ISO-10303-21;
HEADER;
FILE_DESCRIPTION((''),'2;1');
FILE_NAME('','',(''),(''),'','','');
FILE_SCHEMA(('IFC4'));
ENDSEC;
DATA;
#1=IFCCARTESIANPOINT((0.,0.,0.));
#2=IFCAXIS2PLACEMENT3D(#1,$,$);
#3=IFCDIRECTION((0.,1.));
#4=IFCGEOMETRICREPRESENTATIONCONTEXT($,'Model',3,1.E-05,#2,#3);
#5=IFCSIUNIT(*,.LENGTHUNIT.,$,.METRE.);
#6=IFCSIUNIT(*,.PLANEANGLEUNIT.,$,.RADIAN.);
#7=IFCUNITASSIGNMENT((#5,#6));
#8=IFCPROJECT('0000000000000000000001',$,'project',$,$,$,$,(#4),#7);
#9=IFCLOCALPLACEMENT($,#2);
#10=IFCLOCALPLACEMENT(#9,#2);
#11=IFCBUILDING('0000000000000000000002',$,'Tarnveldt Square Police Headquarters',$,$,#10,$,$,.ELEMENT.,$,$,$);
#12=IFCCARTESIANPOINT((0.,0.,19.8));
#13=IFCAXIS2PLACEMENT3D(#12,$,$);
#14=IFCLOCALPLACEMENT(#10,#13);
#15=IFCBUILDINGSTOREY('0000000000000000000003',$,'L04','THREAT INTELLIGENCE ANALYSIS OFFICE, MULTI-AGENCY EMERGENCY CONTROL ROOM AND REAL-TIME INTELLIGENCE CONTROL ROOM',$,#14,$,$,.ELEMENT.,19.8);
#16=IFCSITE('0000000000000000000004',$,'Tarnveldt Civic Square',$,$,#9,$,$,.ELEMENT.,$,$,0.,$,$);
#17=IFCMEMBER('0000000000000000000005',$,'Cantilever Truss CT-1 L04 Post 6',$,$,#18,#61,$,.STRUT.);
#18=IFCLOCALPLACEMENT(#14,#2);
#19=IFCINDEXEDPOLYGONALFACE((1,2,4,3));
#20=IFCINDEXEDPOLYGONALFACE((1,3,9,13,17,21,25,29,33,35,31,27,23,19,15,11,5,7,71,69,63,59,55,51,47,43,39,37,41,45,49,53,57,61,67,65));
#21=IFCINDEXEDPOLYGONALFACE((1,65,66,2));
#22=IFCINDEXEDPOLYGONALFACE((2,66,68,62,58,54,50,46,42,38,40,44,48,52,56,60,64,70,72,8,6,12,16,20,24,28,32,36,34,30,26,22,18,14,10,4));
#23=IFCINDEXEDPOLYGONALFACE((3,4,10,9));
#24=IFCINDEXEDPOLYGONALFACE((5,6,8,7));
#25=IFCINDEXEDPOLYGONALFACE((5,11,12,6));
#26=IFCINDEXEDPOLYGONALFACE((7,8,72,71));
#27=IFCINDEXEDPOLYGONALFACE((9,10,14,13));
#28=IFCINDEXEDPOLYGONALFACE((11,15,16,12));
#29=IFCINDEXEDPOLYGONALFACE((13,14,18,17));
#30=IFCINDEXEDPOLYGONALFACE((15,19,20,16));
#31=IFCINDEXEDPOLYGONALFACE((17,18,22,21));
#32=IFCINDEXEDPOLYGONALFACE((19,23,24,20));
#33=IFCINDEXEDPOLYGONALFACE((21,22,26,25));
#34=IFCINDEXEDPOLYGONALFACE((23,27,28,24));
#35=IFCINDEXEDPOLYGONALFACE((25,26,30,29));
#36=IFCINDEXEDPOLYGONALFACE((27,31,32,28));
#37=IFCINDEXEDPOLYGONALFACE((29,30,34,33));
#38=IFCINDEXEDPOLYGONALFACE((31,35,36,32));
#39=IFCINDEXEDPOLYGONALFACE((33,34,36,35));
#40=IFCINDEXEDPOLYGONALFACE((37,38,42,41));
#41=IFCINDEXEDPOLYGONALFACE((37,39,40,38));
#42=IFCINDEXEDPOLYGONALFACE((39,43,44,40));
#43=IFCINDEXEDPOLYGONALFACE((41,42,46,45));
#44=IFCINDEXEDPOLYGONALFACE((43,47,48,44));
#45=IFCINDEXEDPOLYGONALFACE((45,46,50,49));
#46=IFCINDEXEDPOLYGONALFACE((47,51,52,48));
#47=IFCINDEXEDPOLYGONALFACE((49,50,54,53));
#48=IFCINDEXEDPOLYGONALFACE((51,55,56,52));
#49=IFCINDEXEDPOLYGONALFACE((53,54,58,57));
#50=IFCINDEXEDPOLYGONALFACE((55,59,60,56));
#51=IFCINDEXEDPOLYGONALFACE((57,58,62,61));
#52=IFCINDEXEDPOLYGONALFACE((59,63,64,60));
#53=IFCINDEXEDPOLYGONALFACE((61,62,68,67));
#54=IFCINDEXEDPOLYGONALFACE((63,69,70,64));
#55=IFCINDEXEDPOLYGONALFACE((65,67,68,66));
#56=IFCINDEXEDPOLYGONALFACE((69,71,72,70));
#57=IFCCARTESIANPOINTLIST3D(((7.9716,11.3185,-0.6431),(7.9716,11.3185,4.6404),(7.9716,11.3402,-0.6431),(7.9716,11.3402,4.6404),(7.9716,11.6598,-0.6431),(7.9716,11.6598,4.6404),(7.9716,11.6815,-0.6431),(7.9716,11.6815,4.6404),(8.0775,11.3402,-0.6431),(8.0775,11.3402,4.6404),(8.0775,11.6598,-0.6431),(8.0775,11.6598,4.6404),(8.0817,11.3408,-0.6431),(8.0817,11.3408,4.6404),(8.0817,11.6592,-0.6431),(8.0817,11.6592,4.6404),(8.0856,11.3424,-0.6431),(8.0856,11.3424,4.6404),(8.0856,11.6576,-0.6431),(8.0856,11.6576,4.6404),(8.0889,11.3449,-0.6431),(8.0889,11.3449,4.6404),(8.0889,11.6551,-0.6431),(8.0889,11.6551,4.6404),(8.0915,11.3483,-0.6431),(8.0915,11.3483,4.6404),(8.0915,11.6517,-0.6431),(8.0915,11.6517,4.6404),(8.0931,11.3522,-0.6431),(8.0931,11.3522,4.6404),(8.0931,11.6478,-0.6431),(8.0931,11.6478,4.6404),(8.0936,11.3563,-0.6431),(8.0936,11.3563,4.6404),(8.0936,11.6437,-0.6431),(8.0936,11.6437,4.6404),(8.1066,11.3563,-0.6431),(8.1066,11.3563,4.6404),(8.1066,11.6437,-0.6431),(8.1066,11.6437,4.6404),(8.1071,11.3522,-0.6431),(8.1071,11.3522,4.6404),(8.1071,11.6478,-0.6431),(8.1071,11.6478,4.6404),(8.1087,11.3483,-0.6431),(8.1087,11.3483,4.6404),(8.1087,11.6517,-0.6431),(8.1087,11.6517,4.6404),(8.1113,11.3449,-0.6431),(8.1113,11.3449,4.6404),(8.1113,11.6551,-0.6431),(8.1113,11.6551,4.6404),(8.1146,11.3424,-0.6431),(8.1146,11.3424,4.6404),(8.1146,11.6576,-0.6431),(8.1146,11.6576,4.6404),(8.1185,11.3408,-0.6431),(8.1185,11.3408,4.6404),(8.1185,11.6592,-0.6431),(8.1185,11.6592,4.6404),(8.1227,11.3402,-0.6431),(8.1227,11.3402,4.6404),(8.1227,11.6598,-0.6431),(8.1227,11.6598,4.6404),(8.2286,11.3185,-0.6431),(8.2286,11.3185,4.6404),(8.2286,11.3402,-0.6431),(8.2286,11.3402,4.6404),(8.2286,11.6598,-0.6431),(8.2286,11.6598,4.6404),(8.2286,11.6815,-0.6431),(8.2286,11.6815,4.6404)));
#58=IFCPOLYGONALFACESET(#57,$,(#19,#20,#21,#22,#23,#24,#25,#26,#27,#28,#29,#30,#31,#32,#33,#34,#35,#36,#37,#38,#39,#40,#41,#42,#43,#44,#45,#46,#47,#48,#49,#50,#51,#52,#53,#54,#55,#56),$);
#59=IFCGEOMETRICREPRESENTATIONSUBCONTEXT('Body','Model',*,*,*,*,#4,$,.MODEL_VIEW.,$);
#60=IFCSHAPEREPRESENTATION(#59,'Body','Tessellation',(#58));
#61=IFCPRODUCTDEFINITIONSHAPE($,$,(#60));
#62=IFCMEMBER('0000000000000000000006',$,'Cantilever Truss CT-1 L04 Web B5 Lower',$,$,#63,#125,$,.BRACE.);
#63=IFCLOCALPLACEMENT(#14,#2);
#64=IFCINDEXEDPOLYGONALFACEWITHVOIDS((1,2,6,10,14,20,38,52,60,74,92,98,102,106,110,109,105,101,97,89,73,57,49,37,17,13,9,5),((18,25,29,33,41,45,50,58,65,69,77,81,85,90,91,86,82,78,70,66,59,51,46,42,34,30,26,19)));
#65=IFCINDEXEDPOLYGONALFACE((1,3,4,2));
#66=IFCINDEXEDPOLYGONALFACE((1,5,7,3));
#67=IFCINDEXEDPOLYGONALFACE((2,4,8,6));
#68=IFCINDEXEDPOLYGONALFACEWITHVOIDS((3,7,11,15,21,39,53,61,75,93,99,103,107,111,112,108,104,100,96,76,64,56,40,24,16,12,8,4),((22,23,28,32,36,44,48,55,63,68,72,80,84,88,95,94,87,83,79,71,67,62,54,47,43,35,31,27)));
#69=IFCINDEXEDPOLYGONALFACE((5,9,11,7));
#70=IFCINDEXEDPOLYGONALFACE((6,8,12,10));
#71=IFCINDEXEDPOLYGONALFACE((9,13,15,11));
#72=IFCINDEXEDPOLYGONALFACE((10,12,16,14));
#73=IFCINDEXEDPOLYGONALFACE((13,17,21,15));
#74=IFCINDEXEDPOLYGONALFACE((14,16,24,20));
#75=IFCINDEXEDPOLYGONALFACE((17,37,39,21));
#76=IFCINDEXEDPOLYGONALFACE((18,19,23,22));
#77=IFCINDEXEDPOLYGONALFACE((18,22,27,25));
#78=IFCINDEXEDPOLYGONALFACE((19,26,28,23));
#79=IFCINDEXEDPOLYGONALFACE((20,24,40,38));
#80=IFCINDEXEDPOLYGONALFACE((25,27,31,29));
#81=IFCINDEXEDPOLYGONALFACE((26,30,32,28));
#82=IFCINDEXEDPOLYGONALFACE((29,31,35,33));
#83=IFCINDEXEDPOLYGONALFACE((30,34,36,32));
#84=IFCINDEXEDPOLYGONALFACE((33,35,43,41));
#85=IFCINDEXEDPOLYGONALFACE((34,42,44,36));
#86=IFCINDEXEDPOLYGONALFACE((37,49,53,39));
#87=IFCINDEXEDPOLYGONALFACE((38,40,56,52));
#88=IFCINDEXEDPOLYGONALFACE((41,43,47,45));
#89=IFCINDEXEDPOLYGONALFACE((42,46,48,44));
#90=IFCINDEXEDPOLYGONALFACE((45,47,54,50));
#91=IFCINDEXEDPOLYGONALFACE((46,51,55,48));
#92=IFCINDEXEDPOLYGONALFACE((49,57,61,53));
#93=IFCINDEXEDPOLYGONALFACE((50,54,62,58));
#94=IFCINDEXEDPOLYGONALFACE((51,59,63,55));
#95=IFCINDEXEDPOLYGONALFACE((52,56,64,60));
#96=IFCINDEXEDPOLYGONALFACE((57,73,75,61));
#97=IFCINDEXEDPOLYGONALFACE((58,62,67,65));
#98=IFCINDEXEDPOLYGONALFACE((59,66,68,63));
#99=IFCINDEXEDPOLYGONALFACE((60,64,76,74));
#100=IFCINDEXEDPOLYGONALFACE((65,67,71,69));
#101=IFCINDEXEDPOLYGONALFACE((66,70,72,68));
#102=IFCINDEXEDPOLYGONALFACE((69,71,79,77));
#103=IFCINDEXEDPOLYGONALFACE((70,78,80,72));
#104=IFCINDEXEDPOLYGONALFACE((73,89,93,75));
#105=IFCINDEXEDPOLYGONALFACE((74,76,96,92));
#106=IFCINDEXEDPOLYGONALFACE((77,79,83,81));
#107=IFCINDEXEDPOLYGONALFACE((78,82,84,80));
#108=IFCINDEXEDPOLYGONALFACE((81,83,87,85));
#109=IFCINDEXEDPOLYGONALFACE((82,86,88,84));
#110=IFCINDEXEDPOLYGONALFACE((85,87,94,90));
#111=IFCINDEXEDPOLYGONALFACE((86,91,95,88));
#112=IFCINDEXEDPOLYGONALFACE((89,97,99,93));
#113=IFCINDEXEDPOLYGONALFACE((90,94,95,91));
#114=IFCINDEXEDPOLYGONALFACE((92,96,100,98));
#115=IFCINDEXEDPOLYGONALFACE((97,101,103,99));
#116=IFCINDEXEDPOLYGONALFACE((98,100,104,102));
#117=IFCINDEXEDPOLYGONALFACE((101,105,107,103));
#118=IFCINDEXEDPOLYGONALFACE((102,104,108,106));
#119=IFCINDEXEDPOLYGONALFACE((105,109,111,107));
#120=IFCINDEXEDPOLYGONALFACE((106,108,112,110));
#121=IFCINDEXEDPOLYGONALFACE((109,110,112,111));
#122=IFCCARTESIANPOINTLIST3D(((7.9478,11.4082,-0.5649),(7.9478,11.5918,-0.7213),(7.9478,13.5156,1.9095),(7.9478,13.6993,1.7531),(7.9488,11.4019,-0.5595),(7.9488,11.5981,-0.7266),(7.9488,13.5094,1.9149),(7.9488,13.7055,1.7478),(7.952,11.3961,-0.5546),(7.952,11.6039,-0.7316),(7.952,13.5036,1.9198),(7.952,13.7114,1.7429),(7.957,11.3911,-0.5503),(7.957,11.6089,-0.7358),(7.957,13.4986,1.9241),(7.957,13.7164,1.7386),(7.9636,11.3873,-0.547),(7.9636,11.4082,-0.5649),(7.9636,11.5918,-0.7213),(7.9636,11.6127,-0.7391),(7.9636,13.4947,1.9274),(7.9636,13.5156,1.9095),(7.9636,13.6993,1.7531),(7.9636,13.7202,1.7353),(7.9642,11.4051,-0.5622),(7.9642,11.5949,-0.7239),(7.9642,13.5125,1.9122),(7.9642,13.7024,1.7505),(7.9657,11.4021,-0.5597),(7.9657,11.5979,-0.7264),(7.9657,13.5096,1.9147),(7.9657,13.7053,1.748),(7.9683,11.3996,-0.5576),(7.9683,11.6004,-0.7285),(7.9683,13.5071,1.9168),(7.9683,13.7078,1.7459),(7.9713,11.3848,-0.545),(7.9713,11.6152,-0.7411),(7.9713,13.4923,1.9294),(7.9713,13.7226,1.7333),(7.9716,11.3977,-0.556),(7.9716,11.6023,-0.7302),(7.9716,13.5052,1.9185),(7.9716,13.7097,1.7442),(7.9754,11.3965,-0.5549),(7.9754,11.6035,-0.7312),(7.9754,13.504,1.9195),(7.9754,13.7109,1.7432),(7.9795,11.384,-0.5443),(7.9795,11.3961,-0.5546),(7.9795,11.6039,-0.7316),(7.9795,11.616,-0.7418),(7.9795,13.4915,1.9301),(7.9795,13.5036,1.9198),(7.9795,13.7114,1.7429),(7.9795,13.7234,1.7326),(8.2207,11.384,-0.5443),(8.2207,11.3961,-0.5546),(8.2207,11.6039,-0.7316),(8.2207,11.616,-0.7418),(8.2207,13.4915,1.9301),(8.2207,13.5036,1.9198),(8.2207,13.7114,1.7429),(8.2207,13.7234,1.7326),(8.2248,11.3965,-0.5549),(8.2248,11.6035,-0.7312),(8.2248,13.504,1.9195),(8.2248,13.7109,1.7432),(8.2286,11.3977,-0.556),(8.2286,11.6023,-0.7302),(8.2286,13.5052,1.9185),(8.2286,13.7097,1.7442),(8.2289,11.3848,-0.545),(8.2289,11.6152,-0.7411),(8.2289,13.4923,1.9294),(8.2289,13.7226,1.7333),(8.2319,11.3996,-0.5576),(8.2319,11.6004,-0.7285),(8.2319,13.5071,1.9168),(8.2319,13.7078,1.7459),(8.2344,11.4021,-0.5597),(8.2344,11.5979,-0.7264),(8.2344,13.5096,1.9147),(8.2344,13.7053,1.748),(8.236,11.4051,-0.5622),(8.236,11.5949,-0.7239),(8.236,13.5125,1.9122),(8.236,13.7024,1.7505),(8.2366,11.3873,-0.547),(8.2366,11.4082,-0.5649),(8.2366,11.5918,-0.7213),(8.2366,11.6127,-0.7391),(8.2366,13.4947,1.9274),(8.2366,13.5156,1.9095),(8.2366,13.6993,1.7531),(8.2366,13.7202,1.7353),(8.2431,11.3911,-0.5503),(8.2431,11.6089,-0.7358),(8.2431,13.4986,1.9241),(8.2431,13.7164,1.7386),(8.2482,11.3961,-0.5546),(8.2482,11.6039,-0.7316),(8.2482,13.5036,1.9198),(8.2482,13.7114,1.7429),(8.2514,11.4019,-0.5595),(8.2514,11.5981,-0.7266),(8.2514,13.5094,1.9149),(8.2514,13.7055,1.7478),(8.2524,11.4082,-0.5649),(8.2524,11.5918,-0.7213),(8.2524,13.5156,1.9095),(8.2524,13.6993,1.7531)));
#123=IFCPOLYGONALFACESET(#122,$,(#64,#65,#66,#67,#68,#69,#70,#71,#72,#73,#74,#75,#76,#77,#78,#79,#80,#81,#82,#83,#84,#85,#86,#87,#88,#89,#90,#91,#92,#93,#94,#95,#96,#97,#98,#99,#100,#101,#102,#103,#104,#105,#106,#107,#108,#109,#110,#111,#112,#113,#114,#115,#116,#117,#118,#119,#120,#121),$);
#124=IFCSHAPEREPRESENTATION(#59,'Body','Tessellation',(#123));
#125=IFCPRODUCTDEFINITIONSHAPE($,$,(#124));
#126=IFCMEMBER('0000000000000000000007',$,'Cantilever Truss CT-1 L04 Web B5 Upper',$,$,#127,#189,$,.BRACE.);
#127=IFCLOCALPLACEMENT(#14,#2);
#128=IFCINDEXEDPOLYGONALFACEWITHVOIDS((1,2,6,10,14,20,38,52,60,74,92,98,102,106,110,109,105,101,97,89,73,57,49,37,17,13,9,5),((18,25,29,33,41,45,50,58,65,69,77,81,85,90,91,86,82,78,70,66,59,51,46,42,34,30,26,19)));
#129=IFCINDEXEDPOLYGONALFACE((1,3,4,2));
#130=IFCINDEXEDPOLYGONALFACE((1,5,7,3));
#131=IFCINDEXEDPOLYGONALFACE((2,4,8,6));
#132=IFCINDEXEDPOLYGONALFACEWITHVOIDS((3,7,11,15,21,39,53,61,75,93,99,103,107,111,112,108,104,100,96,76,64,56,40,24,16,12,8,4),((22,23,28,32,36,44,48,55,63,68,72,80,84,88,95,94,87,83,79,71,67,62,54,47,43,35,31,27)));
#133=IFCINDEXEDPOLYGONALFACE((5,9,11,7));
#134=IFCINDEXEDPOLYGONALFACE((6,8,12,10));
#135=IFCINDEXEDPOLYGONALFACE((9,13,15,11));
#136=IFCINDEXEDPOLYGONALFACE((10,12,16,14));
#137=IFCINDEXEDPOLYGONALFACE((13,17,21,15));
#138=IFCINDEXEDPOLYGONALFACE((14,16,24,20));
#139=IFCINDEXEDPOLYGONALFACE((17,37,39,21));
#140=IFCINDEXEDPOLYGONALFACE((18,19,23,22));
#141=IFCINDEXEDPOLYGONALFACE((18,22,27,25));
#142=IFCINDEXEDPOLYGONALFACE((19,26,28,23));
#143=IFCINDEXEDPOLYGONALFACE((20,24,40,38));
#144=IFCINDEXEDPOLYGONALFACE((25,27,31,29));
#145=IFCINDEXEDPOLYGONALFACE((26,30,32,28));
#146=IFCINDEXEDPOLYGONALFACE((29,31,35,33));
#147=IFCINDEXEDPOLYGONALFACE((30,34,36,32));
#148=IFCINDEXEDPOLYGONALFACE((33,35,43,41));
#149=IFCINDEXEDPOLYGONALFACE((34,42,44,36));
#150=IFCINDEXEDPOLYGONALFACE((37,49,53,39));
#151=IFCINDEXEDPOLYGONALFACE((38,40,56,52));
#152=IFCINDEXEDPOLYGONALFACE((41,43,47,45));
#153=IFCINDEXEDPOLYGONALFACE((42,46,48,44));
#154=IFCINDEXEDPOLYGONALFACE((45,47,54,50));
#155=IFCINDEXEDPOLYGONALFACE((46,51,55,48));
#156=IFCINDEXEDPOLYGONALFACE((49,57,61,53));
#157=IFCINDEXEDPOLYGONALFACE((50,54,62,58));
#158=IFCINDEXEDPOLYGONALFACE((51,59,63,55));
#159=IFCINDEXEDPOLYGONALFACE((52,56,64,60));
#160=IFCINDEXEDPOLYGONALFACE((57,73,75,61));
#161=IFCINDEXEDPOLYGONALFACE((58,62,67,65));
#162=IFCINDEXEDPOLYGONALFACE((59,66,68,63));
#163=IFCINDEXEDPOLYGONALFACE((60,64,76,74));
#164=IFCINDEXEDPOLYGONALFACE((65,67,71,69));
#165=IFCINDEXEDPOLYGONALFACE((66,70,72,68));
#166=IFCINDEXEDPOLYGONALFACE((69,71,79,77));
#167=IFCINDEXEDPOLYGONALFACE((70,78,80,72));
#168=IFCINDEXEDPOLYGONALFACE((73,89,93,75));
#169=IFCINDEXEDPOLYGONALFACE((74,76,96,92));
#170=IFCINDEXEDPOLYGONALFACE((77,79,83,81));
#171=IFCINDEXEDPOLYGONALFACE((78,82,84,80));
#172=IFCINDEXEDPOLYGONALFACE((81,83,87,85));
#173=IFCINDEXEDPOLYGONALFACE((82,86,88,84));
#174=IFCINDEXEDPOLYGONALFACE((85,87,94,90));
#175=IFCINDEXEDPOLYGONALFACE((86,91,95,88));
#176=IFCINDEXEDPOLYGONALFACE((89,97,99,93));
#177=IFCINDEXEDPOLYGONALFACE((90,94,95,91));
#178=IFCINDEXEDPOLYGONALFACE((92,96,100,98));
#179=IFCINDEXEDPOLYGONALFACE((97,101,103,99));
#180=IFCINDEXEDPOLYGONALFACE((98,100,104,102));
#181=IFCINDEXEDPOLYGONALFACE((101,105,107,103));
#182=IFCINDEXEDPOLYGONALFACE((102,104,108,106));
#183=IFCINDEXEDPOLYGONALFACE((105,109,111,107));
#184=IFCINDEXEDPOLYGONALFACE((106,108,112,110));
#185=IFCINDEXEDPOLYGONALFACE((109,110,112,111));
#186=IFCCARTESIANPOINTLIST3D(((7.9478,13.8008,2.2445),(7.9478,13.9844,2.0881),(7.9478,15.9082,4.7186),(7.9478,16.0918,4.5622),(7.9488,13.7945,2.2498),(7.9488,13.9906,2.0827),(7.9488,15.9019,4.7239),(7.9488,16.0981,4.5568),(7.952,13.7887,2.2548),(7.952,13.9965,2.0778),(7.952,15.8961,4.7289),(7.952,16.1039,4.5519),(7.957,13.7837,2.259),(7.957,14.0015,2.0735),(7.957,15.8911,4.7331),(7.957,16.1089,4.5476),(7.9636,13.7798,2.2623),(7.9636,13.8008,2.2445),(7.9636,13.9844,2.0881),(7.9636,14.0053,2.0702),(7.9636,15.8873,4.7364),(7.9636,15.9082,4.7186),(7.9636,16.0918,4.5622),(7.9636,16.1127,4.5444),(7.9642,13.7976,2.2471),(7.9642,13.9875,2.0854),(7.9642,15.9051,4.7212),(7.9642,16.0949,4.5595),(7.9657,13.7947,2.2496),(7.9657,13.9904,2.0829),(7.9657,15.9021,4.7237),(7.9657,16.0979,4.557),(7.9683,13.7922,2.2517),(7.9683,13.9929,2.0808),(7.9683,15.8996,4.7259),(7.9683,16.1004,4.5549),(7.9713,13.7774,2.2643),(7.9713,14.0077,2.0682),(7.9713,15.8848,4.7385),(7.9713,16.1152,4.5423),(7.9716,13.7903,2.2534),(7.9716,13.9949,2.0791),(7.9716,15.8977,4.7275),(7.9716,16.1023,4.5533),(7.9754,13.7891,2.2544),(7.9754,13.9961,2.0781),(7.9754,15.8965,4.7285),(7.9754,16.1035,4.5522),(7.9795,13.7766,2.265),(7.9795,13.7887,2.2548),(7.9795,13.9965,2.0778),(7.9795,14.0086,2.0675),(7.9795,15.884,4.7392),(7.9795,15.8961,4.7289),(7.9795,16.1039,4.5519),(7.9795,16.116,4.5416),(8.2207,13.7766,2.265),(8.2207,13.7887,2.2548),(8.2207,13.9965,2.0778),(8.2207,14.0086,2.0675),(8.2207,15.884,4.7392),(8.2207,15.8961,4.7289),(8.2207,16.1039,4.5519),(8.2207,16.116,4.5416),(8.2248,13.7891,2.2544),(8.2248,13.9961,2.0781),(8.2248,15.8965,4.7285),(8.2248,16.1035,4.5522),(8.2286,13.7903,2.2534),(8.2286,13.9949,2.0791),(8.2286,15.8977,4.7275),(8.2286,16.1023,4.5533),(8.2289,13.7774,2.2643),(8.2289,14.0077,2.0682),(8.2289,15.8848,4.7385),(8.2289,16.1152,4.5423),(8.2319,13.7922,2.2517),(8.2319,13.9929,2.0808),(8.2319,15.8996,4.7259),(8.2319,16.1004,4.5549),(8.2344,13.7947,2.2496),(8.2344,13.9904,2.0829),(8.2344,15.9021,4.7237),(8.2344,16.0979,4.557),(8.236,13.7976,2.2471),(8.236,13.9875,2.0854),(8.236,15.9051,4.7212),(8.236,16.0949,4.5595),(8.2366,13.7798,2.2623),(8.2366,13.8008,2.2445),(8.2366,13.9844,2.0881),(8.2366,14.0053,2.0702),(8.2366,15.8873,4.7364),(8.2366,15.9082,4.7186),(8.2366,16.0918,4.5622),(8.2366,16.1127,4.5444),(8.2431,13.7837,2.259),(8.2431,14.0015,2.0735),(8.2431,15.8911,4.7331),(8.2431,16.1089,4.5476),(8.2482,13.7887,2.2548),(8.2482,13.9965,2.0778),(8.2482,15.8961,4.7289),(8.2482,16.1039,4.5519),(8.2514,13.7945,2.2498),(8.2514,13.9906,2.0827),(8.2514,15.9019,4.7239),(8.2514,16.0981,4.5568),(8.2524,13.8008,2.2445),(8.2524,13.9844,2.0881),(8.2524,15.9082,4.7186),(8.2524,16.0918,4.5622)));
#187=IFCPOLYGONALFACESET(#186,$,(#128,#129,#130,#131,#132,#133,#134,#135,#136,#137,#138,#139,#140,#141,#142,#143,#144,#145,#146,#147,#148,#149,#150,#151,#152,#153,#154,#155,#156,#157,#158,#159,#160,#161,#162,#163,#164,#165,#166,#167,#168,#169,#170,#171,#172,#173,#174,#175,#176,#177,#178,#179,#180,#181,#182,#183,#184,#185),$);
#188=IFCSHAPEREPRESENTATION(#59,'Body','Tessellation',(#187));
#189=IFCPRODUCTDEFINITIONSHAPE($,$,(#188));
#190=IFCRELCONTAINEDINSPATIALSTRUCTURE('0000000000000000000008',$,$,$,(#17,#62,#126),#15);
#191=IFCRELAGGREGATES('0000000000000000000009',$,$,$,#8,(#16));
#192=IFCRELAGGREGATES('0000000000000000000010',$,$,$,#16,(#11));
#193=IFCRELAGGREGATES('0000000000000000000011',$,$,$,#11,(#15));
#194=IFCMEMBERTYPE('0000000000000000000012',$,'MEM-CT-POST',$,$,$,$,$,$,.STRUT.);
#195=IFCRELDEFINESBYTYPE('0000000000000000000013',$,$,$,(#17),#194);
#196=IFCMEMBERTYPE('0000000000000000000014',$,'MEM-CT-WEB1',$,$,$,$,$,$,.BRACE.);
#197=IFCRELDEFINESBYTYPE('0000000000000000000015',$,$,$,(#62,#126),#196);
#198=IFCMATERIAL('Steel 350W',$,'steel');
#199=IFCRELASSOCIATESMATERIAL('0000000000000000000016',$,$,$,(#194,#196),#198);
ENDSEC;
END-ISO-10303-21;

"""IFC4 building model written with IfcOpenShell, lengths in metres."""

from ifc_helpers import new_model, si_unit, direction, frame, origin, origin_2d, place, context, subcontext, project, spatial, hollow_rectangle, i_section, extrude, material, material_profile, profile_set, type_object, element, save


model = new_model("IFC4")

# Units and contexts
model_context = context("Model", 3, precision=1e-05, world=origin(), true_north=direction((0.0, 1.0)))
body_context = subcontext(model_context, "Body", "Model", "MODEL_VIEW")
ifc_project = project(units=[si_unit("LENGTHUNIT", "METRE"), si_unit("PLANEANGLEUNIT", "RADIAN")], contexts=[model_context])

# Site, building, storey
site_placement = place(None, origin())
site = spatial("IfcSite", under=ifc_project, at=site_placement, Name="Tarnveldt Civic Square", CompositionType="ELEMENT", RefElevation=0.0)
building_placement = place(site_placement, origin())
building = spatial("IfcBuilding", under=site, at=building_placement, Name="Tarnveldt Square Police Headquarters", CompositionType="ELEMENT")
storey_placement = place(building_placement, frame((0.0, 0.0, 19.8)))
storey = spatial("IfcBuildingStorey", under=building, at=storey_placement, Name="L04", Description="THREAT INTELLIGENCE ANALYSIS OFFICE, MULTI-AGENCY EMERGENCY CONTROL ROOM AND REAL-TIME INTELLIGENCE CONTROL ROOM", CompositionType="ELEMENT", Elevation=19.8)

# Shared definitions
ifc_material_1 = material(Name="Steel 350W", Category="steel")

# Members
ifc_material_profile_1 = material_profile(ifc_material_1, i_section(OverallWidth=0.2571, OverallDepth=0.363, WebThickness=0.0129, FlangeThickness=0.0217, FilletRadius=0.0161, at=origin_2d()), Name="W360x122")
ifc_profile_set_1 = profile_set([ifc_material_profile_1], Name="Steel 350W")
member_type_1 = type_object("IfcMemberType", Name="MEM-CT-POST", PredefinedType="STRUT", material=ifc_profile_set_1)
member_1_placement = place(storey_placement, frame((8.1001, 11.5, -0.6431), z_axis=(0.0, 0.0, 1.0), x_axis=(1.0, 0.0, 0.0)))
element("IfcMember", 1, at=member_1_placement, inside=storey, type_object=member_type_1, Name="Cantilever Truss CT-1 L04 Post 6", PredefinedType="STRUT", context=body_context, shape_type="SweptSolid", body=[
    extrude(i_section(OverallWidth=0.2571, OverallDepth=0.363, WebThickness=0.0129, FlangeThickness=0.0217, FilletRadius=0.0161, at=origin_2d()), origin(), (0.0, 0.0, 1.0), 5.2834),
])
ifc_material_profile_2 = material_profile(ifc_material_1, hollow_rectangle(XDim=0.3047, YDim=0.3047, WallThickness=0.0159, InnerFilletRadius=0.0159, OuterFilletRadius=0.0317, at=origin_2d()), Name="HSS305x305x16")
ifc_profile_set_2 = profile_set([ifc_material_profile_2], Name="Steel 350W")
member_type_2 = type_object("IfcMemberType", Name="MEM-CT-WEB1", PredefinedType="BRACE", material=ifc_profile_set_2)
member_2_placement = place(storey_placement, frame((8.1001, 11.5, -0.6431), z_axis=(0.0, 0.6484, 0.7613), x_axis=(-1.0, 0.0, 0.0)))
element("IfcMember", 2, at=member_2_placement, inside=storey, type_object=member_type_2, Name="Cantilever Truss CT-1 L04 Web B5 Lower", PredefinedType="BRACE", context=body_context, shape_type="SweptSolid", body=[
    extrude(hollow_rectangle(XDim=0.3047, YDim=0.3047, WallThickness=0.0159, InnerFilletRadius=0.0159, OuterFilletRadius=0.0317, at=origin_2d()), origin(), (0.0, 0.0, 1.0), 3.2502),
])
member_3_placement = place(storey_placement, frame((8.1001, 13.8926, 2.1663), z_axis=(0.0, 0.648437, 0.761268), x_axis=(-1.0, 0.0, 0.0)))
element("IfcMember", 3, at=member_3_placement, inside=storey, type_object=member_type_2, Name="Cantilever Truss CT-1 L04 Web B5 Upper", PredefinedType="BRACE", context=body_context, shape_type="SweptSolid", body=[
    extrude(hollow_rectangle(XDim=0.3047, YDim=0.3047, WallThickness=0.0159, InnerFilletRadius=0.0159, OuterFilletRadius=0.0317, at=origin_2d()), origin(), (0.0, 0.0, 1.0), 3.25),
])

save(model, "model.ifc")
